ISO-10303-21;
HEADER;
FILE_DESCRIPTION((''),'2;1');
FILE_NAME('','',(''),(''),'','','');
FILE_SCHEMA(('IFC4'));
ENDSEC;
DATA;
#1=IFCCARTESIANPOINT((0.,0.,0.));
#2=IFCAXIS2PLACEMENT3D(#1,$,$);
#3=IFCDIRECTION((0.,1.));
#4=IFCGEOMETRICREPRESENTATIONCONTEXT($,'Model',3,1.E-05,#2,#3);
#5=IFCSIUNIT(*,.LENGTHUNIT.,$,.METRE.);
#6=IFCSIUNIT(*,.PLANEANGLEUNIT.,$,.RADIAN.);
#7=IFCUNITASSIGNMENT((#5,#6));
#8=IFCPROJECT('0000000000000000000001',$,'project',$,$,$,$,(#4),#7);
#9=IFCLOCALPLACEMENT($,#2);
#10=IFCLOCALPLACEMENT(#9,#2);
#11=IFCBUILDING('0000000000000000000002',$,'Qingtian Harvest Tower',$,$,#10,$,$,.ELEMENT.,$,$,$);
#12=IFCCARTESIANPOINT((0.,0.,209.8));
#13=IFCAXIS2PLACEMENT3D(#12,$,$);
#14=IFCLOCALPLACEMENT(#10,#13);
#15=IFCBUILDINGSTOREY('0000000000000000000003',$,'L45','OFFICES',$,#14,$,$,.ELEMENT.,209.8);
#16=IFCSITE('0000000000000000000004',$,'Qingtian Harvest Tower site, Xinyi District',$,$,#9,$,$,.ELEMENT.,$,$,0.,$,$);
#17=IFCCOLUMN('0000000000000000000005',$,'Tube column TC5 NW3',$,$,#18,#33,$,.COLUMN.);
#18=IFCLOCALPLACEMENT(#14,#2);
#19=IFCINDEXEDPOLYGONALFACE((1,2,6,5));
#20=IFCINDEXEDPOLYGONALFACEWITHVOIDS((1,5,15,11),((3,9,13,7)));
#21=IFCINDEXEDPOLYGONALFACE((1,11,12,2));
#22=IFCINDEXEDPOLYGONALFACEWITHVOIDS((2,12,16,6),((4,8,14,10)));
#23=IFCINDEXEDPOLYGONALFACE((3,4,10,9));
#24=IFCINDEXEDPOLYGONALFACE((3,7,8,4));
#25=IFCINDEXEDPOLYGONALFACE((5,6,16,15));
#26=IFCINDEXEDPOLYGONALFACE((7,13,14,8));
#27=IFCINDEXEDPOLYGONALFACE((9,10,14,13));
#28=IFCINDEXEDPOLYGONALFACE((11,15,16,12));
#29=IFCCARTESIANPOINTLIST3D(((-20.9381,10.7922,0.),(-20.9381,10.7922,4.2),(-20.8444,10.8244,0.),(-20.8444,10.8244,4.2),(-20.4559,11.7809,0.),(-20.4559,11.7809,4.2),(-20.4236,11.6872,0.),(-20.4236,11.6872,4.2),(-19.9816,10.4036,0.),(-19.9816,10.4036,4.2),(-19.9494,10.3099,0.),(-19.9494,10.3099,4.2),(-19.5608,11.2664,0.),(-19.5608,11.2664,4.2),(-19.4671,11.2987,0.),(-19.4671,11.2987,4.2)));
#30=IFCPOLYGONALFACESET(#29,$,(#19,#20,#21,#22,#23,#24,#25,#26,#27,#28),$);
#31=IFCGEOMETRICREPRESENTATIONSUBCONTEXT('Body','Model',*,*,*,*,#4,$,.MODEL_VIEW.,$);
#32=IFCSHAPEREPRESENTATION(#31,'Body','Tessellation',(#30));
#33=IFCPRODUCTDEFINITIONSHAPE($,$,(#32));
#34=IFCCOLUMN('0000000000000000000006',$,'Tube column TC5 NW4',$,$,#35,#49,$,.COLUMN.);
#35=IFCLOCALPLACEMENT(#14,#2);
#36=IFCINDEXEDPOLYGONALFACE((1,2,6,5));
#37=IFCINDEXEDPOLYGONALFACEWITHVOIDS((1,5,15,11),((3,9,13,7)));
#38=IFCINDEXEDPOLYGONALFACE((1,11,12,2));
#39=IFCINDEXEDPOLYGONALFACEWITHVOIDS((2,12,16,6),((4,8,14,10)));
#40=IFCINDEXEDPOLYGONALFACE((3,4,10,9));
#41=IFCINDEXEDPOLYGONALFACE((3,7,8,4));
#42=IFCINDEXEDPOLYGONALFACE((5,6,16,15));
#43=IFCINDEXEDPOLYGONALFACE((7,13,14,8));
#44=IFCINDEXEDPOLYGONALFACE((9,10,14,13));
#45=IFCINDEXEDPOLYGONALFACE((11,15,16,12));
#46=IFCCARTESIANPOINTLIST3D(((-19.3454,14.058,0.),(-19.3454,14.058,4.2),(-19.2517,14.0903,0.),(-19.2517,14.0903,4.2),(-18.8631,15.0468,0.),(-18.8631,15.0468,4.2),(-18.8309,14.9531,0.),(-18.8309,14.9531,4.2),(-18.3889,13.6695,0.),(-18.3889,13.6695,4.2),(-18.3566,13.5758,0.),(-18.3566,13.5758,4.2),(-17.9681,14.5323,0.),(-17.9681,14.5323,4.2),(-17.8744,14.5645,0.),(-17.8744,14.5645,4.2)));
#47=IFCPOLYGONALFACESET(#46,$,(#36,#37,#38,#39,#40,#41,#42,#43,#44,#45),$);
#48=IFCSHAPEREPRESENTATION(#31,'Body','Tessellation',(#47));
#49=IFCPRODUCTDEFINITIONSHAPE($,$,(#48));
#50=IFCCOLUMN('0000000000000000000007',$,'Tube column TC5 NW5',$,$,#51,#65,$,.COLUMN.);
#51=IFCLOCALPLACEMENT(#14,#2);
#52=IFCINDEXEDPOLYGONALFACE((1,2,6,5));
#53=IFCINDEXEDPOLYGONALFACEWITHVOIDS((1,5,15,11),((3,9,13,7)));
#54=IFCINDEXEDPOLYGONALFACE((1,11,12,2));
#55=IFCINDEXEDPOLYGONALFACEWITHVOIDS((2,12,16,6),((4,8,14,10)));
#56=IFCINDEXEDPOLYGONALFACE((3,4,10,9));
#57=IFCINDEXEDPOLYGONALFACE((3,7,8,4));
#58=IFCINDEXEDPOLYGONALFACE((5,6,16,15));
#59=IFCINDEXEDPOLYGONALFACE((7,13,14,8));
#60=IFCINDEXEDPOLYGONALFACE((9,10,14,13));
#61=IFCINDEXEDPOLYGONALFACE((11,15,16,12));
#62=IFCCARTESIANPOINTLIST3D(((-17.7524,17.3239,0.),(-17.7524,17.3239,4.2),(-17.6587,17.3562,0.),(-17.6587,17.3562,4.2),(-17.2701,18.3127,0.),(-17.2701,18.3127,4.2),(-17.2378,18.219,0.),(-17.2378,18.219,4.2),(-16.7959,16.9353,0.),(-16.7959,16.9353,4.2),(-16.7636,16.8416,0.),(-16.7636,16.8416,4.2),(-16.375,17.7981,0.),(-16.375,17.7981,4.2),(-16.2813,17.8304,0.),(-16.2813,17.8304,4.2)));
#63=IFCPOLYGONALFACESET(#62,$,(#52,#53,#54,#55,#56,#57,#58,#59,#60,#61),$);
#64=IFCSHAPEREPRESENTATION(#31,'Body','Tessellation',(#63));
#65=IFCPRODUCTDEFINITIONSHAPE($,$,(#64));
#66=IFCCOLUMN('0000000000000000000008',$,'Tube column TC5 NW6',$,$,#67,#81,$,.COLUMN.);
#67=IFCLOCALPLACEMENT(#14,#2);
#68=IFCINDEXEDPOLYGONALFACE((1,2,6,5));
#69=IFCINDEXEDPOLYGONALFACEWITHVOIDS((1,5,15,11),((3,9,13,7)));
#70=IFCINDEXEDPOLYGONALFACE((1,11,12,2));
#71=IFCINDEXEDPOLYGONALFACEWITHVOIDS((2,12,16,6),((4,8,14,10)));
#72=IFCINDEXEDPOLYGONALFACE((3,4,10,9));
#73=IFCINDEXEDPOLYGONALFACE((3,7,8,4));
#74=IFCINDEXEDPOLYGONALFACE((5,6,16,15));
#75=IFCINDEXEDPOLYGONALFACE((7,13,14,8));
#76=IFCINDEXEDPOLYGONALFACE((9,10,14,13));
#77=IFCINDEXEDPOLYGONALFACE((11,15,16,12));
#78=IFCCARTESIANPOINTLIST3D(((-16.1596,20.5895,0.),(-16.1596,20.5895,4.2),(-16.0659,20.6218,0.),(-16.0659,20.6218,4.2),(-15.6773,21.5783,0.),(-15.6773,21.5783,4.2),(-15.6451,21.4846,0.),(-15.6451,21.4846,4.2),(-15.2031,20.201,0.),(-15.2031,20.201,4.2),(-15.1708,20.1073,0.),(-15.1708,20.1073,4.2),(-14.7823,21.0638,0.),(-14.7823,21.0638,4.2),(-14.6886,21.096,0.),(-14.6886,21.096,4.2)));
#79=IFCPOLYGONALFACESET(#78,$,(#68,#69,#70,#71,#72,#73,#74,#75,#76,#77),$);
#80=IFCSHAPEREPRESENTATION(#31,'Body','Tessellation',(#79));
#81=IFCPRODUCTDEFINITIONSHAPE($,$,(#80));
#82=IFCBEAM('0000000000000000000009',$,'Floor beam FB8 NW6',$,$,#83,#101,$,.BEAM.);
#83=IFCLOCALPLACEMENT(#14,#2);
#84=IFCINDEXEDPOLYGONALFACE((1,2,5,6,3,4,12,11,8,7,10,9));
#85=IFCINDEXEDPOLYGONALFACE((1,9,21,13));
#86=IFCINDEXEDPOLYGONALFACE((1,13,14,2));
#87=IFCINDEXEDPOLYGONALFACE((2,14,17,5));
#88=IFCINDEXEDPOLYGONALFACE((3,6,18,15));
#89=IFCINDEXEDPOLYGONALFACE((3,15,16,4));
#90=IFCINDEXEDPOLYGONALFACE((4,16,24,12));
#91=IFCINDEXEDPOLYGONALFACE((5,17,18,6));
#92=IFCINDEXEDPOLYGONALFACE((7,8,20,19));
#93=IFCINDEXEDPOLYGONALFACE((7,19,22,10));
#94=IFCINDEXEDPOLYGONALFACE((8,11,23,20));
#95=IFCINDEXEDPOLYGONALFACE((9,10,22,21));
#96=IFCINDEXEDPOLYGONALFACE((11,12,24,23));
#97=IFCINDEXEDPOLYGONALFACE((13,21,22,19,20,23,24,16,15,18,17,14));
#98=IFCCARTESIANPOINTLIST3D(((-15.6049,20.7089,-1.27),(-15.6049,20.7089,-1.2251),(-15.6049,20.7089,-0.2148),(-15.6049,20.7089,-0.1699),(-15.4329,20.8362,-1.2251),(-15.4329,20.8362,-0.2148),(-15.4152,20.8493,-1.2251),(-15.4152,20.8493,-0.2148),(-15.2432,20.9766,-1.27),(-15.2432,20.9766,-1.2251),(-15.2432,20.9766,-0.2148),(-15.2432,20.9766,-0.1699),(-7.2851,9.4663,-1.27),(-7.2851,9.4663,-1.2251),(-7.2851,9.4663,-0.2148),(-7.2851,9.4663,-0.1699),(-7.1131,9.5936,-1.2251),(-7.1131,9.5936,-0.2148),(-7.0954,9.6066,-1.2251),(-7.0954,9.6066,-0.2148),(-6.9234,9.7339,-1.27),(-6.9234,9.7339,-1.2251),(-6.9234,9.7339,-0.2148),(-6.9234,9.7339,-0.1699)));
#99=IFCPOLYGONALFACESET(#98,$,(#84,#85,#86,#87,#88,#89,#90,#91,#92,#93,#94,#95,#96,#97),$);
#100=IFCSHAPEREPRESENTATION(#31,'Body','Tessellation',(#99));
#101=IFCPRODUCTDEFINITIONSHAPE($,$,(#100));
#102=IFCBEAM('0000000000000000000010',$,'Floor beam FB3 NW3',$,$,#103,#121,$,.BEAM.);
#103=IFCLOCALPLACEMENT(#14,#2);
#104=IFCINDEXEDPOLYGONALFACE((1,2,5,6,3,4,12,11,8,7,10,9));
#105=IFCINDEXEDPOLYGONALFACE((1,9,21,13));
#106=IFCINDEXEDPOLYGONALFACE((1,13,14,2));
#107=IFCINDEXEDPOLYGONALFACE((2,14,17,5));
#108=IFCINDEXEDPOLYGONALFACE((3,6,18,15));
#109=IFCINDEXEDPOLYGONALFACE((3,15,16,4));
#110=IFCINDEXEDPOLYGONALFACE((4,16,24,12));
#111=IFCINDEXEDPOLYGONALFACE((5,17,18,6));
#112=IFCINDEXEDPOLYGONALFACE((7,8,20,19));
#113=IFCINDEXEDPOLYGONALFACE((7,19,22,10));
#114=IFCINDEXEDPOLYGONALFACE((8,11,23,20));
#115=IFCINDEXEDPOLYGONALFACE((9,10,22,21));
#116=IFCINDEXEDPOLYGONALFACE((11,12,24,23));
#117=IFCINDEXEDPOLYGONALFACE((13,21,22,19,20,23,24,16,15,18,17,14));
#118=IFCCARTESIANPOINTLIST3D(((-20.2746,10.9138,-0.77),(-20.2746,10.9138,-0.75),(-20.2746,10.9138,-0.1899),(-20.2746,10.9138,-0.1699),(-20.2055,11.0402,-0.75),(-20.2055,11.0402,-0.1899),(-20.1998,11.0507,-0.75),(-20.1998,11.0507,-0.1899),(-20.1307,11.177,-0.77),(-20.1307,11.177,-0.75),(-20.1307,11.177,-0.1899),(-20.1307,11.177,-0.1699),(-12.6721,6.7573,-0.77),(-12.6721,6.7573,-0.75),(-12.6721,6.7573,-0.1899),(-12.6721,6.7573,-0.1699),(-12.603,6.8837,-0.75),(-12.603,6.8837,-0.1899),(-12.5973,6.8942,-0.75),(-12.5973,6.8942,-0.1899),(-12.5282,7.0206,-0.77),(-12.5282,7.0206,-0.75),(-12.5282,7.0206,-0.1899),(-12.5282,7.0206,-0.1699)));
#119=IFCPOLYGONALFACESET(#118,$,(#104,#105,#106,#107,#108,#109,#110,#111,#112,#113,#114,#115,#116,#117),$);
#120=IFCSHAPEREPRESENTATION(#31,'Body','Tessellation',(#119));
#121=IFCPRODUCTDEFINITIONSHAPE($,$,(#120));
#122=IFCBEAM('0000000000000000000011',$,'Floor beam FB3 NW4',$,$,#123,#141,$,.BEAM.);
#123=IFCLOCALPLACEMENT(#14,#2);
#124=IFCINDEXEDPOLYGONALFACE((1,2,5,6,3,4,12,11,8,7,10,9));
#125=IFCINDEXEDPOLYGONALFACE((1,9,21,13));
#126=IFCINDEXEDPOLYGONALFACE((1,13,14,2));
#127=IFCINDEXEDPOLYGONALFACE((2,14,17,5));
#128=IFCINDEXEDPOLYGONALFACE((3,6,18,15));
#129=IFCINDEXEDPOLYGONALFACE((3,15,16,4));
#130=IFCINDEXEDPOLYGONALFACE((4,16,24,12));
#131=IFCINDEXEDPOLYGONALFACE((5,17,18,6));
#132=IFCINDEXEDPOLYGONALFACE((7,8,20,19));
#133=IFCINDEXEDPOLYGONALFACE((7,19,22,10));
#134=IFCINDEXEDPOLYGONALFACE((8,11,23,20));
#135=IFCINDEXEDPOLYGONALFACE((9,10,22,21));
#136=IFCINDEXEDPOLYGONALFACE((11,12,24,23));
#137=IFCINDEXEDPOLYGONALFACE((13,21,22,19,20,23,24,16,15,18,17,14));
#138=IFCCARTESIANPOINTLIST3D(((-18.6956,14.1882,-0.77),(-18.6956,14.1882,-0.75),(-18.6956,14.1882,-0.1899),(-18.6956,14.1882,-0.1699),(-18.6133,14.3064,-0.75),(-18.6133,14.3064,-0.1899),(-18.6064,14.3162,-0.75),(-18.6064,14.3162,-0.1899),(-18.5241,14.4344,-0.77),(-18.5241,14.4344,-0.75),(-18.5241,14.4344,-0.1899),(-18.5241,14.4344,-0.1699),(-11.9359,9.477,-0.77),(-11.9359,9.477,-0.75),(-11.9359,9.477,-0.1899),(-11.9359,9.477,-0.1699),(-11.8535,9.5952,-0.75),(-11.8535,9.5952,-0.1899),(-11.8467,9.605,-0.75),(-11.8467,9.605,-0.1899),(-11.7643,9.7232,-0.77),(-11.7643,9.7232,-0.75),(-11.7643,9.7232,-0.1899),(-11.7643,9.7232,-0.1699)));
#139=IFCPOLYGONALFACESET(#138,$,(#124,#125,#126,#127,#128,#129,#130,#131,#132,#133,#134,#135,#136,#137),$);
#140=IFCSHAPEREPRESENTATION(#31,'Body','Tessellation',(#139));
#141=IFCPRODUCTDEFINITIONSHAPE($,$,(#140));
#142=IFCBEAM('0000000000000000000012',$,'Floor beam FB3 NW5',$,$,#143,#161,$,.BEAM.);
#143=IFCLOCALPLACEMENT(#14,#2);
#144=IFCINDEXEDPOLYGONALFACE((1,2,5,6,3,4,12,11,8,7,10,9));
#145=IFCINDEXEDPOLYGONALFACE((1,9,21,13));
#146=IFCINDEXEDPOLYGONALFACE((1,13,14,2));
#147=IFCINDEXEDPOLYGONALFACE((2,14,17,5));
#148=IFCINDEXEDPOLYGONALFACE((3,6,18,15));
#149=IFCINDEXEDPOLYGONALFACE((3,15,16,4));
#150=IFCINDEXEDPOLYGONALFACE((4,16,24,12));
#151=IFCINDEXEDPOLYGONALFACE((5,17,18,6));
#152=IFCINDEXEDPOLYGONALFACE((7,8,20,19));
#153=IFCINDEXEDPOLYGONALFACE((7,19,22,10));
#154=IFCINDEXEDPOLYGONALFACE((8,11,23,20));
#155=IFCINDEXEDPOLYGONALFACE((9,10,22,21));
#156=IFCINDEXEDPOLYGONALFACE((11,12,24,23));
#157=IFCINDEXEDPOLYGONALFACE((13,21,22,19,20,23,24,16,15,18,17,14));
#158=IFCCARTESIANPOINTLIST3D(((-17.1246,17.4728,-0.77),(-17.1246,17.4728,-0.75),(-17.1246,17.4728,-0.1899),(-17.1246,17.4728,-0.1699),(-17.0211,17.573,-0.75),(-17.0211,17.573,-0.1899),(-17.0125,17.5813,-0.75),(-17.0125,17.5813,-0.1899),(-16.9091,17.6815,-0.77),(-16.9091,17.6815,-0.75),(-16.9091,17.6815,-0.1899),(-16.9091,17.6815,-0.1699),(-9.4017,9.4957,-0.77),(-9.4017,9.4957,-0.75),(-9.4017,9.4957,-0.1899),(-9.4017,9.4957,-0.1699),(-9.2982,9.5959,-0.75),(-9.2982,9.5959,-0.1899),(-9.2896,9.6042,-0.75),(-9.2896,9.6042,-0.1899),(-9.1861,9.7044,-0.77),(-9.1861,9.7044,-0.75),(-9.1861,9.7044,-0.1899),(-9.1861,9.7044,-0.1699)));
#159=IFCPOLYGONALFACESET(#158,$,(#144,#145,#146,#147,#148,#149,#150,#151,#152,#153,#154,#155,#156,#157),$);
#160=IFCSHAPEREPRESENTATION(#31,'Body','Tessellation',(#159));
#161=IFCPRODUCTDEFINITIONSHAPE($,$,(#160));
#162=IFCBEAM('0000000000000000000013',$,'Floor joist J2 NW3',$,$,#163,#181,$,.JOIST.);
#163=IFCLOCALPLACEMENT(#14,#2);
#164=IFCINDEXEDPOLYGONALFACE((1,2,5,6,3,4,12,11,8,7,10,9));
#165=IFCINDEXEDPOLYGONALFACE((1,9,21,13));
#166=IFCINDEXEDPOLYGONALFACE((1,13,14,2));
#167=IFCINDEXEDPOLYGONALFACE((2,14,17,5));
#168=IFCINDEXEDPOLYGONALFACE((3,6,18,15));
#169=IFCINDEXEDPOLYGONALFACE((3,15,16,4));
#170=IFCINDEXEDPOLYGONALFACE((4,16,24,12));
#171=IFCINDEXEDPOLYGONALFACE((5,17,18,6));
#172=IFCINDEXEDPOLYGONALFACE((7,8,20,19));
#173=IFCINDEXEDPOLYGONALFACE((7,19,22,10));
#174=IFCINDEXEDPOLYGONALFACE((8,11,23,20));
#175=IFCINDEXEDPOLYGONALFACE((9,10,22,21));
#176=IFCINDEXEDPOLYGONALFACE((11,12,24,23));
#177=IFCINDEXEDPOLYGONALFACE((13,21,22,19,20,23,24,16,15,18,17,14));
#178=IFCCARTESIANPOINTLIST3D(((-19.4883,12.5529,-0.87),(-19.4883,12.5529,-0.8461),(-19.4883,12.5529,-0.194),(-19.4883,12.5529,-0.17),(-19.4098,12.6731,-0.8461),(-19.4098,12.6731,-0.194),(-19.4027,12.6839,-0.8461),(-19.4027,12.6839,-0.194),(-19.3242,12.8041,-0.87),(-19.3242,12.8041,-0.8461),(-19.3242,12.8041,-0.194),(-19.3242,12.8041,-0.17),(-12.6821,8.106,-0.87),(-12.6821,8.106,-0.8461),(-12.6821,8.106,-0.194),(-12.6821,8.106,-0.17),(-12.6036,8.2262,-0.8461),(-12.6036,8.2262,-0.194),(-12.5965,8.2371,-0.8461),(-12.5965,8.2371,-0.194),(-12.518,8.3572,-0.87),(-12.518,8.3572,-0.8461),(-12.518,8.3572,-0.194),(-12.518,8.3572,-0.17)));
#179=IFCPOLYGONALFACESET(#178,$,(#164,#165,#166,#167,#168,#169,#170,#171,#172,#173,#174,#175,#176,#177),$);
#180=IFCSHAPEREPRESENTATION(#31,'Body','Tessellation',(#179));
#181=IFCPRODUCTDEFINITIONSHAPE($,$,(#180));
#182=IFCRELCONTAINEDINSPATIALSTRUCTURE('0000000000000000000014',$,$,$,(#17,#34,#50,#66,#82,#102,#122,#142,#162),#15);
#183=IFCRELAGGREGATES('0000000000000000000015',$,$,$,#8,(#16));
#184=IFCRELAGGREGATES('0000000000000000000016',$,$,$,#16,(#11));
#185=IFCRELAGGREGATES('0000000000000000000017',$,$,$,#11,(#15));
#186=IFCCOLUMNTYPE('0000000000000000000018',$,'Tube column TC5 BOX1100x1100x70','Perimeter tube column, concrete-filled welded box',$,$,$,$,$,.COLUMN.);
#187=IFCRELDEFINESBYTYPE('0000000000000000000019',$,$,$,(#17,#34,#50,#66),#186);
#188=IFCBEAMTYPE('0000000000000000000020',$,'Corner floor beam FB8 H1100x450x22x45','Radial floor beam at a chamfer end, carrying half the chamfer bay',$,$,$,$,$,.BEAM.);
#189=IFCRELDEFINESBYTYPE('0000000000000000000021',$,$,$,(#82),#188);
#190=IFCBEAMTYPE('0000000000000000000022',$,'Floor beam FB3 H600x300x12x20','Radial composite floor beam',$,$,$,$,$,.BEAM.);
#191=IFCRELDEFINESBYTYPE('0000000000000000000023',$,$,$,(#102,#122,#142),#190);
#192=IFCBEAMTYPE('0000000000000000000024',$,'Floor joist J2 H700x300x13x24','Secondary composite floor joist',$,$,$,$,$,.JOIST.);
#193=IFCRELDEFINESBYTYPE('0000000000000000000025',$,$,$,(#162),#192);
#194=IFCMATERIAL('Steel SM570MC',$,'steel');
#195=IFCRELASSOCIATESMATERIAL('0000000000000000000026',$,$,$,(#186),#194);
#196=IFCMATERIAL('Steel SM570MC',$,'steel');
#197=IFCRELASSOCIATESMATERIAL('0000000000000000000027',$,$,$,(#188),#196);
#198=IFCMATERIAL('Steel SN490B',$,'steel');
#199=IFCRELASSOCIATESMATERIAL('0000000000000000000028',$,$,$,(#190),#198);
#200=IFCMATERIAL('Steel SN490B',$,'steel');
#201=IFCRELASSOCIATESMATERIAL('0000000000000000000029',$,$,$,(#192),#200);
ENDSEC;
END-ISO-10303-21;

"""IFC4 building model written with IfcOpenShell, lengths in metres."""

from ifc_helpers import new_model, si_unit, direction, frame, origin, origin_2d, place, context, subcontext, project, spatial, hollow_rectangle, i_section, extrude, material, material_profile, profile_set, type_object, element, save


model = new_model("IFC4")

# Units and contexts
model_context = context("Model", 3, precision=1e-05, world=origin(), true_north=direction((0.0, 1.0)))
body_context = subcontext(model_context, "Body", "Model", "MODEL_VIEW")
ifc_project = project(units=[si_unit("LENGTHUNIT", "METRE"), si_unit("PLANEANGLEUNIT", "RADIAN")], contexts=[model_context])

# Site, building, storey
site_placement = place(None, origin())
site = spatial("IfcSite", under=ifc_project, at=site_placement, Name="Qingtian Harvest Tower site, Xinyi District", CompositionType="ELEMENT", RefElevation=0.0)
building_placement = place(site_placement, origin())
building = spatial("IfcBuilding", under=site, at=building_placement, Name="Qingtian Harvest Tower", CompositionType="ELEMENT")
storey_placement = place(building_placement, frame((0.0, 0.0, 209.8)))
storey = spatial("IfcBuildingStorey", under=building, at=storey_placement, Name="L45", Description="OFFICES", CompositionType="ELEMENT", Elevation=209.8)

# Columns
ifc_material_1 = material(Name="Steel SM570MC", Category="steel")
ifc_material_profile_1 = material_profile(ifc_material_1, hollow_rectangle(XDim=1.1001, YDim=1.1001, WallThickness=0.0701, at=origin_2d()), Name="BOX1100x1100x70")
ifc_profile_set_1 = profile_set([ifc_material_profile_1], Name="Steel SM570MC")
column_type = type_object("IfcColumnType", Name="Tube column TC5 BOX1100x1100x70", Description="Perimeter tube column, concrete-filled welded box", PredefinedType="COLUMN", material=ifc_profile_set_1)
for number, where, z_axis, x_axis, name in (
    (1, (-20.2026, 11.0454, 0.0), (0.0, 0.0, 1.0), (-0.438371, -0.898794, 0.0), "Tube column TC5 NW3"),
    (2, (-18.6099, 14.3113, 0.0), (0.0, 0.0, 1.0), (-0.438371, -0.898794, 0.0), "Tube column TC5 NW4"),
    (3, (-17.0168, 17.5771, 0.0), (0.0, 0.0, 1.0), (-0.438371, -0.898794, 0.0), "Tube column TC5 NW5"),
    (4, (-15.4241, 20.8428, 0.0), (0.0, 0.0, 1.0), (-0.438371, -0.898794, 0.0), "Tube column TC5 NW6"),
):
    element("IfcColumn", number, at=place(storey_placement, frame(where, z_axis=z_axis, x_axis=x_axis)), inside=storey, type_object=column_type, Name=name, PredefinedType="COLUMN", context=body_context, shape_type="SweptSolid", body=[
        extrude(hollow_rectangle(XDim=1.1001, YDim=1.1001, WallThickness=0.0701, at=origin_2d()), origin(), (0.0, 0.0, 1.0), 4.2),
    ])

# Beams
ifc_material_2 = material(Name="Steel SM570MC", Category="steel")
ifc_material_profile_2 = material_profile(ifc_material_2, i_section(OverallWidth=0.45, OverallDepth=1.1001, WebThickness=0.022, FlangeThickness=0.0449, at=origin_2d()), Name="H1100x450x22x45")
ifc_profile_set_2 = profile_set([ifc_material_profile_2], Name="Steel SM570MC")
beam_type_1 = type_object("IfcBeamType", Name="Corner floor beam FB8 H1100x450x22x45", Description="Radial floor beam at a chamfer end, carrying half the chamfer bay", PredefinedType="BEAM", material=ifc_profile_set_2)
beam_1_placement = place(storey_placement, frame((-15.4241, 20.8428, -0.72), z_axis=(0.594854, -0.803834, 0.0), x_axis=(0.803834, 0.594854, 0.0)))
element("IfcBeam", 5, at=beam_1_placement, inside=storey, type_object=beam_type_1, Name="Floor beam FB8 NW6", PredefinedType="BEAM", context=body_context, shape_type="SweptSolid", body=[
    extrude(i_section(OverallWidth=0.45, OverallDepth=1.1001, WebThickness=0.022, FlangeThickness=0.0449, at=origin_2d()), origin(), (0.0, 0.0, 1.0), 13.9863),
])
ifc_material_3 = material(Name="Steel SN490B", Category="steel")
ifc_material_profile_3 = material_profile(ifc_material_3, i_section(OverallWidth=0.3, OverallDepth=0.6001, WebThickness=0.012, FlangeThickness=0.02, at=origin_2d()), Name="H600x300x12x20")
ifc_profile_set_3 = profile_set([ifc_material_profile_3], Name="Steel SN490B")
beam_type_2 = type_object("IfcBeamType", Name="Floor beam FB3 H600x300x12x20", Description="Radial composite floor beam", PredefinedType="BEAM", material=ifc_profile_set_3)
beam_2_placement = place(storey_placement, frame((-20.2026, 11.0454, -0.47), z_axis=(0.877427, -0.479711, 0.0), x_axis=(0.479711, 0.877427, 0.0)))
element("IfcBeam", 6, at=beam_2_placement, inside=storey, type_object=beam_type_2, Name="Floor beam FB3 NW3", PredefinedType="BEAM", context=body_context, shape_type="SweptSolid", body=[
    extrude(i_section(OverallWidth=0.3, OverallDepth=0.6001, WebThickness=0.012, FlangeThickness=0.02, at=origin_2d()), origin(), (0.0, 0.0, 1.0), 8.6646),
])
beam_3_placement = place(storey_placement, frame((-18.6099, 14.3113, -0.47), z_axis=(0.820408, -0.571779, 0.0), x_axis=(0.571779, 0.820408, 0.0)))
element("IfcBeam", 7, at=beam_3_placement, inside=storey, type_object=beam_type_2, Name="Floor beam FB3 NW4", PredefinedType="BEAM", context=body_context, shape_type="SweptSolid", body=[
    extrude(i_section(OverallWidth=0.3, OverallDepth=0.6001, WebThickness=0.012, FlangeThickness=0.02, at=origin_2d()), origin(), (0.0, 0.0, 1.0), 8.2395),
])
beam_4_placement = place(storey_placement, frame((-17.0168, 17.5771, -0.47), z_axis=(0.695569, -0.718459, 0.0), x_axis=(0.718459, 0.695569, 0.0)))
element("IfcBeam", 8, at=beam_4_placement, inside=storey, type_object=beam_type_2, Name="Floor beam FB3 NW5", PredefinedType="BEAM", context=body_context, shape_type="SweptSolid", body=[
    extrude(i_section(OverallWidth=0.3, OverallDepth=0.6001, WebThickness=0.012, FlangeThickness=0.02, at=origin_2d()), origin(), (0.0, 0.0, 1.0), 11.103),
])
ifc_material_4 = material(Name="Steel SN490B", Category="steel")
ifc_material_profile_4 = material_profile(ifc_material_4, i_section(OverallWidth=0.3, OverallDepth=0.7, WebThickness=0.0129, FlangeThickness=0.0239, at=origin_2d()), Name="H700x300x13x24")
ifc_profile_set_4 = profile_set([ifc_material_profile_4], Name="Steel SN490B")
beam_type_3 = type_object("IfcBeamType", Name="Floor joist J2 H700x300x13x24", Description="Secondary composite floor joist", PredefinedType="JOIST", material=ifc_profile_set_4)
beam_5_placement = place(storey_placement, frame((-19.4062, 12.6785, -0.52), z_axis=(0.837161, -0.546956, 0.0), x_axis=(0.546956, 0.837161, 0.0)))
element("IfcBeam", 9, at=beam_5_placement, inside=storey, type_object=beam_type_3, Name="Floor joist J2 NW3", PredefinedType="JOIST", context=body_context, shape_type="SweptSolid", body=[
    extrude(i_section(OverallWidth=0.3, OverallDepth=0.7, WebThickness=0.0129, FlangeThickness=0.0239, at=origin_2d()), origin(), (0.0, 0.0, 1.0), 8.1301),
])

save(model, "model.ifc")
